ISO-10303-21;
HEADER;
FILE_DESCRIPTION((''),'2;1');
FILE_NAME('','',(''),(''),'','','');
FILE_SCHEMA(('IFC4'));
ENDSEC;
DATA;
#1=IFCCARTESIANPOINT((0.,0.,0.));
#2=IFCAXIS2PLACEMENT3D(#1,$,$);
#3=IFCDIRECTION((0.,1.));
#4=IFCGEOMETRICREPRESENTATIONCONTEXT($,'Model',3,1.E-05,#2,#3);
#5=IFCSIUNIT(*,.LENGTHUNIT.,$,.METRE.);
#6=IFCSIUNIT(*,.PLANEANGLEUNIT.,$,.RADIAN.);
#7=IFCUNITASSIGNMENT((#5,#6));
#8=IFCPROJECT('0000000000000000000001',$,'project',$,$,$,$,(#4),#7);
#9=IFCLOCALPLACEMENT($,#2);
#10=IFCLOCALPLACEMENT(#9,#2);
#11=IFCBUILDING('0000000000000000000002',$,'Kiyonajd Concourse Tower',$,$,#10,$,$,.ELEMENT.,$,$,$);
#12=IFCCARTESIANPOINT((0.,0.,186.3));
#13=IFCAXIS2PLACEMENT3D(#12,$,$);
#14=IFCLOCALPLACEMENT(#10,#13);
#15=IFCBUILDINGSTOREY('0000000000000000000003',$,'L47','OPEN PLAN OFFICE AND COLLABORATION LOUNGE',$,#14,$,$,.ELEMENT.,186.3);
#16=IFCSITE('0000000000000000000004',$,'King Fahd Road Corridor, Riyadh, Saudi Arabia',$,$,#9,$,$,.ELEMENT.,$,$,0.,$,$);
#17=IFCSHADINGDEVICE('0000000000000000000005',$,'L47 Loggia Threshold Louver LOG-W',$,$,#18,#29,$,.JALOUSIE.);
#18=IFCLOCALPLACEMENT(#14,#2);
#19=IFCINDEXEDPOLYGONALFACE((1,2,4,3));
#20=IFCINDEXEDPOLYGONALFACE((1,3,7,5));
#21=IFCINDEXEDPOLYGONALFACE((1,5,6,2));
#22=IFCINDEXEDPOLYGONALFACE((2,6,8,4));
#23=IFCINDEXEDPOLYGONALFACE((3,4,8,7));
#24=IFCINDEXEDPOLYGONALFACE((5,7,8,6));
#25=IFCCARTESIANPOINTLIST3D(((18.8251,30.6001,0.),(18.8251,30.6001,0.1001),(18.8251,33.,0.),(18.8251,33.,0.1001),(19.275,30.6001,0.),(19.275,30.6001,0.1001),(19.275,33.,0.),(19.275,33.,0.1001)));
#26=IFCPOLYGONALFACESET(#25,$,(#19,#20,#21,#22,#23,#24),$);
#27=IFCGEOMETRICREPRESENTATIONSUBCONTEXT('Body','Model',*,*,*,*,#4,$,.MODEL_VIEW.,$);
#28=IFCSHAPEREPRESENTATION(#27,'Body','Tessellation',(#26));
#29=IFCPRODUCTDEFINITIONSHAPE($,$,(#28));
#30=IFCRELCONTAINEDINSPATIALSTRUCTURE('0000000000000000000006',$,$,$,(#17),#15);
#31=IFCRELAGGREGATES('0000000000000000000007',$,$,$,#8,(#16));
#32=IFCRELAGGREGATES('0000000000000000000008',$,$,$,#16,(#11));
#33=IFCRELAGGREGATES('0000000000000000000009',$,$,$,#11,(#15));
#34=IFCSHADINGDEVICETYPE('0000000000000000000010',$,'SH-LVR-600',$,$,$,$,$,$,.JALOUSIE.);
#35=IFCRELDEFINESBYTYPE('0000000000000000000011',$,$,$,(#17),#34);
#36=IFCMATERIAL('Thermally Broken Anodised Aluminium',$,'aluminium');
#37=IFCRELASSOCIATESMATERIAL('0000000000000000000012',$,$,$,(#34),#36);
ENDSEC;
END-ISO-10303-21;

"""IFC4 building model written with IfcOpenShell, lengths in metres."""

from ifc_helpers import new_model, si_unit, direction, frame, origin, origin_2d, place, context, subcontext, project, spatial, rectangle, extrude, material, type_object, element, save


model = new_model("IFC4")

# Units and contexts
model_context = context("Model", 3, precision=1e-05, world=origin(), true_north=direction((0.0, 1.0)))
body_context = subcontext(model_context, "Body", "Model", "MODEL_VIEW")
ifc_project = project(units=[si_unit("LENGTHUNIT", "METRE"), si_unit("PLANEANGLEUNIT", "RADIAN")], contexts=[model_context])

# Site, building, storey
site_placement = place(None, origin())
site = spatial("IfcSite", under=ifc_project, at=site_placement, Name="King Fahd Road Corridor, Riyadh, Saudi Arabia", CompositionType="ELEMENT", RefElevation=0.0)
building_placement = place(site_placement, origin())
building = spatial("IfcBuilding", under=site, at=building_placement, Name="Kiyonajd Concourse Tower", CompositionType="ELEMENT")
storey_placement = place(building_placement, frame((0.0, 0.0, 186.3)))
storey = spatial("IfcBuildingStorey", under=building, at=storey_placement, Name="L47", Description="OPEN PLAN OFFICE AND COLLABORATION LOUNGE", CompositionType="ELEMENT", Elevation=186.3)

# Shared definitions
ifc_material_1 = material(Name="Thermally Broken Anodised Aluminium", Category="aluminium")

# Shading device
shading_device_type_1 = type_object("IfcShadingDeviceType", Name="SH-LVR-600", PredefinedType="JALOUSIE", material=ifc_material_1)
shading_device_1_placement = place(storey_placement, frame((19.05, 31.8, 0.0), z_axis=(0.0, 0.0, 1.0), x_axis=(0.0, 1.0, 0.0)))
element("IfcShadingDevice", 1, at=shading_device_1_placement, inside=storey, type_object=shading_device_type_1, Name="L47 Loggia Threshold Louver LOG-W", PredefinedType="JALOUSIE", context=body_context, shape_type="SweptSolid", body=[
    extrude(rectangle(XDim=2.3999, YDim=0.45, at=origin_2d()), origin(), (0.0, 0.0, 1.0), 0.1001),
])

save(model, "model.ifc")
